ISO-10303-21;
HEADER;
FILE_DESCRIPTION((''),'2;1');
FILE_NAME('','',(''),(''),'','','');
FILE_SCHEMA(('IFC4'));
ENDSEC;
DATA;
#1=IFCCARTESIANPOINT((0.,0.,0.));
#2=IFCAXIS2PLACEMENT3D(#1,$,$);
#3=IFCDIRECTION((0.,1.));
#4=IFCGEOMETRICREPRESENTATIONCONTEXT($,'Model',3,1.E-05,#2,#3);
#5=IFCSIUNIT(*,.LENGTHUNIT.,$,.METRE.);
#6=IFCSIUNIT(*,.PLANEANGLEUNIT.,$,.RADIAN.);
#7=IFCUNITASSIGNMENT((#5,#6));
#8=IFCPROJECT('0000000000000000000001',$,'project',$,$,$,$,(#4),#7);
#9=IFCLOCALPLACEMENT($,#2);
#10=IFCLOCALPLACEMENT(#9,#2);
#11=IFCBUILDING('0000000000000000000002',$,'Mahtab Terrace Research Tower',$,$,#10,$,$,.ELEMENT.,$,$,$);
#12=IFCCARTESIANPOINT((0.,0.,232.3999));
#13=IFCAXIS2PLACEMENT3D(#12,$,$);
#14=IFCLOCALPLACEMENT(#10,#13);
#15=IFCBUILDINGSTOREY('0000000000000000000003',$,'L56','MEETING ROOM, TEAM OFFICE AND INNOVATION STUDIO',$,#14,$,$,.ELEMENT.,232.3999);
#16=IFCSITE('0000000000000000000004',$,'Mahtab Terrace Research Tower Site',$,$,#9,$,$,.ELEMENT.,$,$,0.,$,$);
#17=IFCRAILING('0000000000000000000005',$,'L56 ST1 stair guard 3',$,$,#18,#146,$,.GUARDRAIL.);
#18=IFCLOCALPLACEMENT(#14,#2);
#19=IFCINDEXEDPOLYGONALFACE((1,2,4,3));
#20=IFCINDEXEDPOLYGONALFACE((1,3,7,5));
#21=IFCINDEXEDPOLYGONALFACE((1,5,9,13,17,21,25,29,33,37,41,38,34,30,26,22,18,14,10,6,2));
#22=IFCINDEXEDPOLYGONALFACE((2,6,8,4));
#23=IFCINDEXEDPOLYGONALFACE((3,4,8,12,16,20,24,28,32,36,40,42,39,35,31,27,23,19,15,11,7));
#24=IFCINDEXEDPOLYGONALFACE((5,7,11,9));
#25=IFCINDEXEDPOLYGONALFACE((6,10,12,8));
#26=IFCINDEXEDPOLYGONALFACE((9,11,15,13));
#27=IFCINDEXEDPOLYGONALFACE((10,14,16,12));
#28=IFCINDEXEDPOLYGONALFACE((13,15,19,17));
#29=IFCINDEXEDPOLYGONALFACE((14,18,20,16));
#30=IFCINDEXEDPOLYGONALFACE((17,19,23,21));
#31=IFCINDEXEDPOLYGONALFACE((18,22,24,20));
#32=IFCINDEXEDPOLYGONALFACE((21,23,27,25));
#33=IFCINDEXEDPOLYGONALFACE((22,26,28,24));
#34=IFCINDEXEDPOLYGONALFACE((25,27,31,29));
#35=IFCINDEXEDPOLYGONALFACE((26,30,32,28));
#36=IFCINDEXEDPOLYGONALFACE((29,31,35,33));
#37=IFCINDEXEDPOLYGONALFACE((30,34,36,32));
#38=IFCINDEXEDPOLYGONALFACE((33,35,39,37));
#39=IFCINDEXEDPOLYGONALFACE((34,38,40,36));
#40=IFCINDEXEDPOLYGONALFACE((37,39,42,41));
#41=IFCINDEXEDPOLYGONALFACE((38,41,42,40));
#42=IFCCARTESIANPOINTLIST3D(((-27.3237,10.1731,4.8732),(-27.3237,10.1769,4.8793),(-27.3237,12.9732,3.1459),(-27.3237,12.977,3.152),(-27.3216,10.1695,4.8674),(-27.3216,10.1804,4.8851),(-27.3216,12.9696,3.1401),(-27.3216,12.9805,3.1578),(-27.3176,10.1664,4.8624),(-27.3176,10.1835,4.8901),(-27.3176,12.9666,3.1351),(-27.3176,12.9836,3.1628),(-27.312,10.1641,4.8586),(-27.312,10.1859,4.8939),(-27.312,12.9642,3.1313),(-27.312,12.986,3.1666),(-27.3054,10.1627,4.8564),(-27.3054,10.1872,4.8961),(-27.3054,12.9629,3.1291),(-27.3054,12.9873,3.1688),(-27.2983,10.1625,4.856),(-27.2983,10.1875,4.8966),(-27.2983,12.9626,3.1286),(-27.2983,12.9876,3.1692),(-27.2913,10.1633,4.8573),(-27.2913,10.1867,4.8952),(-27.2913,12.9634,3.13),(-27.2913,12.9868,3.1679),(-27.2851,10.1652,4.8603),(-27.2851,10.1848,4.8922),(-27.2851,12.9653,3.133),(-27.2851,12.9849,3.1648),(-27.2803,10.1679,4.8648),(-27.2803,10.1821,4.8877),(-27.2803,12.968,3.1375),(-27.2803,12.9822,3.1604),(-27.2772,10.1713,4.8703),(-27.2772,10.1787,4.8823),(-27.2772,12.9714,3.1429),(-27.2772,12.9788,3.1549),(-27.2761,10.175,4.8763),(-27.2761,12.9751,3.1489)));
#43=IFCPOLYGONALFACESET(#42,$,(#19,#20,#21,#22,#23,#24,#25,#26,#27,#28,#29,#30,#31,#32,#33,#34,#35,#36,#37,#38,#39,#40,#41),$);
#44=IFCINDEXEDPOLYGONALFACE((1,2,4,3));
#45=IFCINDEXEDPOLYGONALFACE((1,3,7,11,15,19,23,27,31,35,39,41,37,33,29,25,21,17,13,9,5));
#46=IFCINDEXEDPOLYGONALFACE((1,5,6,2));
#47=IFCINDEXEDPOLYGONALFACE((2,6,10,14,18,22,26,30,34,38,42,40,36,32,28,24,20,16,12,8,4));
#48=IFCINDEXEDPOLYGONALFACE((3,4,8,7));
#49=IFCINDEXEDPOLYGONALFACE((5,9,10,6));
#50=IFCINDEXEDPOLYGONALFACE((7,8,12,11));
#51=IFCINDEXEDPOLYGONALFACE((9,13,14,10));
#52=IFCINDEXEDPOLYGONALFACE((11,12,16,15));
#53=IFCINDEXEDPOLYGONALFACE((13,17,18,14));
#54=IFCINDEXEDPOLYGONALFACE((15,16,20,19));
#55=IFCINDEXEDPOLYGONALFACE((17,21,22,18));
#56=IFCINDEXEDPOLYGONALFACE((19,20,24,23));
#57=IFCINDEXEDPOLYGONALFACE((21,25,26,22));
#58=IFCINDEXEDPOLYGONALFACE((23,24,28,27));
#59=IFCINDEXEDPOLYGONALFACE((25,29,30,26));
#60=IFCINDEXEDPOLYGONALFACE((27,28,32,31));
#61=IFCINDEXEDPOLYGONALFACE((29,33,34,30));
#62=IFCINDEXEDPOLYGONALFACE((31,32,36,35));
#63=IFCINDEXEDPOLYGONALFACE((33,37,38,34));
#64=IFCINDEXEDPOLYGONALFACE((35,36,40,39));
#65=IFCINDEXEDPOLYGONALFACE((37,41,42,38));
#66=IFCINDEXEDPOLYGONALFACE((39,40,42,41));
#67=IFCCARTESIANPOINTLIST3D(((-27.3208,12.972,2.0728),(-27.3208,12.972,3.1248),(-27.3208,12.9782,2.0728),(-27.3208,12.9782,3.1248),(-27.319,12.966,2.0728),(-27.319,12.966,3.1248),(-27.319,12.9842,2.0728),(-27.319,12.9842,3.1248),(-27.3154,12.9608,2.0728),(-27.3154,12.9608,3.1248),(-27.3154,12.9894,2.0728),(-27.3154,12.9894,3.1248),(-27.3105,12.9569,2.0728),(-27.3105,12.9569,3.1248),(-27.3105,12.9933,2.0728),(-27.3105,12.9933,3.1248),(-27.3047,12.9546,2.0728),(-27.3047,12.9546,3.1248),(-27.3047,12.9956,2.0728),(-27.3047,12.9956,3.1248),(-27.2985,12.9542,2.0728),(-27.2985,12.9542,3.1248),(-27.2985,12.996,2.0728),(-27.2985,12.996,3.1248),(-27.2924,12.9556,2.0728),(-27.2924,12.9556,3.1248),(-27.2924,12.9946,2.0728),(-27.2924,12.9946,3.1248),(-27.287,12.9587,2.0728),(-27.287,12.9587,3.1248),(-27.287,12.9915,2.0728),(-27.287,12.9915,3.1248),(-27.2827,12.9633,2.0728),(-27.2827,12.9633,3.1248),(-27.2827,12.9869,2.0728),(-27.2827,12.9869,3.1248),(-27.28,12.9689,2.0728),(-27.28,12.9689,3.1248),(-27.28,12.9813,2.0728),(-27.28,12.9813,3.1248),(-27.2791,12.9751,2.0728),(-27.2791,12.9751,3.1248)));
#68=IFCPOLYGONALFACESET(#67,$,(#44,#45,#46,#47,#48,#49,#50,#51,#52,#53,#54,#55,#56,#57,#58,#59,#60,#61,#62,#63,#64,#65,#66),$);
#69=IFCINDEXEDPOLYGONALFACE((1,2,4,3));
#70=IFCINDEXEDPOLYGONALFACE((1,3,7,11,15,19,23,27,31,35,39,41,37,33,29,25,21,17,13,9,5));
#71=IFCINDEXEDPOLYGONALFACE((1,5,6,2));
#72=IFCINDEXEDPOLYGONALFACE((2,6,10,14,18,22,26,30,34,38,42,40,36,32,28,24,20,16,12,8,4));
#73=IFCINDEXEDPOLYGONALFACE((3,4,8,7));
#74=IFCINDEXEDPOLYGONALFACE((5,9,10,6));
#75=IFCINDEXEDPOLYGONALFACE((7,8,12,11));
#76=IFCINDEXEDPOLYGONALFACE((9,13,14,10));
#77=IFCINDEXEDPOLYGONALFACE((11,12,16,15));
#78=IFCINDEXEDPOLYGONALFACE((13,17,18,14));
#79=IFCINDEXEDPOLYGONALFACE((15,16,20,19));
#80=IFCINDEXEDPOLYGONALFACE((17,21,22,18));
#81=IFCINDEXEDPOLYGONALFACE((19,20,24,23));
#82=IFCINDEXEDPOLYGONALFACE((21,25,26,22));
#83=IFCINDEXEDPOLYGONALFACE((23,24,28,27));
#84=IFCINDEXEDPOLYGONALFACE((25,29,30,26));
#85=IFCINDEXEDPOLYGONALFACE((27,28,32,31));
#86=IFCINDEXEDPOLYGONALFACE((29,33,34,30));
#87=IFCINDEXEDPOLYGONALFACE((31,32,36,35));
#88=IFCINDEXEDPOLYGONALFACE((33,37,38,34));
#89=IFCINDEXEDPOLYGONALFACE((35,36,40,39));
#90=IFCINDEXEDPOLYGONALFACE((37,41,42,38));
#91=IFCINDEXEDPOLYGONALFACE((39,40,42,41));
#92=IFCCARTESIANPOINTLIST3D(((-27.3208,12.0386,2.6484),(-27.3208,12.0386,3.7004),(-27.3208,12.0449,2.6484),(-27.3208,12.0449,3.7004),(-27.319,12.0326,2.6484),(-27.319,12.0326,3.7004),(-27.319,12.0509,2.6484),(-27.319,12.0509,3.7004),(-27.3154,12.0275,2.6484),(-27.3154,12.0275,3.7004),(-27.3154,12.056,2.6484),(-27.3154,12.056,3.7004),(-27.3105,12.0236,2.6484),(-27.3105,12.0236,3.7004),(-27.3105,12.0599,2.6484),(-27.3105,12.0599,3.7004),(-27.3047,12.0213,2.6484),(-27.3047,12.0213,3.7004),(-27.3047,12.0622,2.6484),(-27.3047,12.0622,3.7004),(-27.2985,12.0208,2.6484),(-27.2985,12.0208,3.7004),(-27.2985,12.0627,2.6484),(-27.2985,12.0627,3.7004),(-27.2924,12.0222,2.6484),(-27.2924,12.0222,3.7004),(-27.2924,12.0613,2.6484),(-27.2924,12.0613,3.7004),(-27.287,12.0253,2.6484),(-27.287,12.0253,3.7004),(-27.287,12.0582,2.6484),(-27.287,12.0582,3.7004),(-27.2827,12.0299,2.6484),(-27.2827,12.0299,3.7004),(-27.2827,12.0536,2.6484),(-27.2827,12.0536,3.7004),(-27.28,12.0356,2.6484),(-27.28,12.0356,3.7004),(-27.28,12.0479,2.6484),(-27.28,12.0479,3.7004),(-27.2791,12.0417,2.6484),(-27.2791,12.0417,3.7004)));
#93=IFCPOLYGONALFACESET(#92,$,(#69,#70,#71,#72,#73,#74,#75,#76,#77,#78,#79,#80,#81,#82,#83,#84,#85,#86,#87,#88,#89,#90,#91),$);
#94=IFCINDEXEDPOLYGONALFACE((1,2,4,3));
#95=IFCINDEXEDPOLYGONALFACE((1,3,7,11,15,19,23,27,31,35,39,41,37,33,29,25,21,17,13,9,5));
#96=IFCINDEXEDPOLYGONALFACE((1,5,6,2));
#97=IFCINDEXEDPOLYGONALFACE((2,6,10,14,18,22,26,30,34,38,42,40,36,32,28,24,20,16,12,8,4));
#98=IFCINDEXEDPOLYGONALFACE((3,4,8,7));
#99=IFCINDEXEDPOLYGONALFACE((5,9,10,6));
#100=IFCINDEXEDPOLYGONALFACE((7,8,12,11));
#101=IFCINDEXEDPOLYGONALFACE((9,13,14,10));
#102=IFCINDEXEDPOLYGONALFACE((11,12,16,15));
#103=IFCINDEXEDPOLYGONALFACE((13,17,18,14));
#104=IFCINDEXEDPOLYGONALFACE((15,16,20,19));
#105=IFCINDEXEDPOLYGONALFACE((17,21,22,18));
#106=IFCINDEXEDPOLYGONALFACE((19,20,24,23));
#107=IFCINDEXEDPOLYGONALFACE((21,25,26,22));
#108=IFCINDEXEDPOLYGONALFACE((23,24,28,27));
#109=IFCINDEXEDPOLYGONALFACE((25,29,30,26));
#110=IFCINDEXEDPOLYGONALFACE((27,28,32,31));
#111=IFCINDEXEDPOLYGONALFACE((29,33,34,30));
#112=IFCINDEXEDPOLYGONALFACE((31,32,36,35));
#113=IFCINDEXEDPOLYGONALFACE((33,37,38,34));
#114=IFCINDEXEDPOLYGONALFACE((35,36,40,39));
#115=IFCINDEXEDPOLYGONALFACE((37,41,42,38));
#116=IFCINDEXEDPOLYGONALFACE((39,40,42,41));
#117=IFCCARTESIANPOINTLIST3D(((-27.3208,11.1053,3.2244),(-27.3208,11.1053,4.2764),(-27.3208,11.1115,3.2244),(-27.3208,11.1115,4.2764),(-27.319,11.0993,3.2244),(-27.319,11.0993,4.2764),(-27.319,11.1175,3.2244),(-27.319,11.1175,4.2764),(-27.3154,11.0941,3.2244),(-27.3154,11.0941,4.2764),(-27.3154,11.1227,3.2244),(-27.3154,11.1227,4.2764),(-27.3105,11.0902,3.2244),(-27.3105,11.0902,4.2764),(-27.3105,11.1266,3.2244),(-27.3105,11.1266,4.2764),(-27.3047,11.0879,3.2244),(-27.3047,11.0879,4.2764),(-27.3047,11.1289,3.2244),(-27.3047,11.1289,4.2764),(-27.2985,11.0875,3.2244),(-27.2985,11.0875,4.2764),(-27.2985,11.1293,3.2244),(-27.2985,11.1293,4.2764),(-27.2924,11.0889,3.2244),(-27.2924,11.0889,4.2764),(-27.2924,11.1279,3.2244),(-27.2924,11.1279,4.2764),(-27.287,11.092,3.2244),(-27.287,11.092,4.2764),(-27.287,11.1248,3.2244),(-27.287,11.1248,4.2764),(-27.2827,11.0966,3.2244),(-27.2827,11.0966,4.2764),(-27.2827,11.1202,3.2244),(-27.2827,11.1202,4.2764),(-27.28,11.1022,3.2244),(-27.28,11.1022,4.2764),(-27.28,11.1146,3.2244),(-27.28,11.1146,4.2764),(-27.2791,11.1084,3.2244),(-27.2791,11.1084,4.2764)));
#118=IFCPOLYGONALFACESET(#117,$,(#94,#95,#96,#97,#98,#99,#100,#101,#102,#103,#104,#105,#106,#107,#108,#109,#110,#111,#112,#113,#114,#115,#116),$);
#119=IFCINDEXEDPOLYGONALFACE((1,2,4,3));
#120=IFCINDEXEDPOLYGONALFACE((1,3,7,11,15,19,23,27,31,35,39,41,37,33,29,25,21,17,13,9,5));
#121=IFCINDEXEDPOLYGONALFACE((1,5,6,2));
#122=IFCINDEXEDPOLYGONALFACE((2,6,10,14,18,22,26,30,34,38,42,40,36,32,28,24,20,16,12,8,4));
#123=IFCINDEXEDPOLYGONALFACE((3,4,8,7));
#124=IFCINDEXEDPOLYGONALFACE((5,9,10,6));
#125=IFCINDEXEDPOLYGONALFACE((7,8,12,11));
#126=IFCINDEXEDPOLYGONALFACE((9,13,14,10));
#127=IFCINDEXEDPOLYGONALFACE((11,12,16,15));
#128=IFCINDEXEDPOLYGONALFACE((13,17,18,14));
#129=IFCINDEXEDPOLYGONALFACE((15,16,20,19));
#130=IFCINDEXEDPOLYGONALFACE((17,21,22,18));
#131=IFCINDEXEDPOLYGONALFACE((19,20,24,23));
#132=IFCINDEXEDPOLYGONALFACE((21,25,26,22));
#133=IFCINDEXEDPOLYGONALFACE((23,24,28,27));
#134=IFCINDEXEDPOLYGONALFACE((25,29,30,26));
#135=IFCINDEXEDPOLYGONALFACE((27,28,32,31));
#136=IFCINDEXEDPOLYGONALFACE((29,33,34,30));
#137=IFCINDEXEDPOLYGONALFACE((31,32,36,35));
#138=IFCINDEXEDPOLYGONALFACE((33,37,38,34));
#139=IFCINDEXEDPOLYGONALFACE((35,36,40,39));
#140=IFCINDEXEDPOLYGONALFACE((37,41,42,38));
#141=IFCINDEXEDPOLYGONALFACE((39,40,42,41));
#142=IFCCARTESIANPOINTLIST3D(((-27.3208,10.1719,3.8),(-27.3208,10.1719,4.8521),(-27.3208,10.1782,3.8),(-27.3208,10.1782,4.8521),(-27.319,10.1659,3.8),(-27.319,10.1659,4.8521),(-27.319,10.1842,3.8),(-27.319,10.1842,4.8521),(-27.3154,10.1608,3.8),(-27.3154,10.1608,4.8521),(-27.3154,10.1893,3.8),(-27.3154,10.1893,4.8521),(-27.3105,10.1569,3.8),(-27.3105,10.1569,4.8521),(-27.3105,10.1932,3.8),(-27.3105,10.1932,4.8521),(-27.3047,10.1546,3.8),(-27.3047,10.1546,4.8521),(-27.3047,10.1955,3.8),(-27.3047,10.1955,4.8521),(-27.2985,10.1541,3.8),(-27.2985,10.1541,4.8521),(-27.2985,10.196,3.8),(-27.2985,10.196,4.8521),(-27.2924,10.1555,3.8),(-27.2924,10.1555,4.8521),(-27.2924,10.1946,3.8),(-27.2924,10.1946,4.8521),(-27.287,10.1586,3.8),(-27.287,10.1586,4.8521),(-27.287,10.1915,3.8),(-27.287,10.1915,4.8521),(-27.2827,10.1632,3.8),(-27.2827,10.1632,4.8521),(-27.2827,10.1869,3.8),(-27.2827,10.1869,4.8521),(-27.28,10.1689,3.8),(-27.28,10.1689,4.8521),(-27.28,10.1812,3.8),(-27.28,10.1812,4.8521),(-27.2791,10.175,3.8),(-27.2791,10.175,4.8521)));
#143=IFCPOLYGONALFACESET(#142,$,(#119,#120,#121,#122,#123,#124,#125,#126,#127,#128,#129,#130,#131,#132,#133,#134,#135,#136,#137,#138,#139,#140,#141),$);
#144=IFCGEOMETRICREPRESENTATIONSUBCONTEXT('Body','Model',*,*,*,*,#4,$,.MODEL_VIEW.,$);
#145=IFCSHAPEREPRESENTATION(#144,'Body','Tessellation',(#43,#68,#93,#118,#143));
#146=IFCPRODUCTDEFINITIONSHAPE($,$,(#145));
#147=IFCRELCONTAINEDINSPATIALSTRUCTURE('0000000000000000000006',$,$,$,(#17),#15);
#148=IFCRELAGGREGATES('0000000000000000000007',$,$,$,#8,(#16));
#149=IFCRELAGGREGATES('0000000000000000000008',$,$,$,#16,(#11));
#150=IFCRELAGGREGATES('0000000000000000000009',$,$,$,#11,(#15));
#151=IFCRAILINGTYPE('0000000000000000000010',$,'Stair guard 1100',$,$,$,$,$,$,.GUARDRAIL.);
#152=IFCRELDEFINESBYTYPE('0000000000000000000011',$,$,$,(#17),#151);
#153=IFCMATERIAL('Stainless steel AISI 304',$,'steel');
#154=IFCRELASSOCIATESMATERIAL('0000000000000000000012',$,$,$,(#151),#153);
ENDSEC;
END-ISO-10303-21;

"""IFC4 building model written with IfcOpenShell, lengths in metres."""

from ifc_helpers import new_model, si_unit, direction, frame, origin, origin_2d, place, context, subcontext, project, spatial, circle, extrude, material, type_object, element, save


model = new_model("IFC4")

# Units and contexts
model_context = context("Model", 3, precision=1e-05, world=origin(), true_north=direction((0.0, 1.0)))
body_context = subcontext(model_context, "Body", "Model", "MODEL_VIEW")
ifc_project = project(units=[si_unit("LENGTHUNIT", "METRE"), si_unit("PLANEANGLEUNIT", "RADIAN")], contexts=[model_context])

# Site, building, storey
site_placement = place(None, origin())
site = spatial("IfcSite", under=ifc_project, at=site_placement, Name="Mahtab Terrace Research Tower Site", CompositionType="ELEMENT", RefElevation=0.0)
building_placement = place(site_placement, origin())
building = spatial("IfcBuilding", under=site, at=building_placement, Name="Mahtab Terrace Research Tower", CompositionType="ELEMENT")
storey_placement = place(building_placement, frame((0.0, 0.0, 232.3999)))
storey = spatial("IfcBuildingStorey", under=building, at=storey_placement, Name="L56", Description="MEETING ROOM, TEAM OFFICE AND INNOVATION STUDIO", CompositionType="ELEMENT", Elevation=232.3999)

# Railing
ifc_material_1 = material(Name="Stainless steel AISI 304", Category="steel")
railing_type_1 = type_object("IfcRailingType", Name="Stair guard 1100", PredefinedType="GUARDRAIL", material=ifc_material_1)
railing_1_placement = place(storey_placement, frame((-27.3, 12.9751, 2.0728)))
element("IfcRailing", 1, at=railing_1_placement, inside=storey, type_object=railing_type_1, Name="L56 ST1 stair guard 3", PredefinedType="GUARDRAIL", context=body_context, shape_type="SweptSolid", body=[
    extrude(circle(Radius=0.0239, at=origin_2d()), frame((0.0, 0.0, 1.0762), z_axis=(0.0, -0.85109, 0.52502), x_axis=(1.0, 0.0, 0.0)), (0.0, 0.0, 1.0), 3.29),
    extrude(circle(Radius=0.021, at=origin_2d()), origin(), (0.0, 0.0, 1.0), 1.052),
    extrude(circle(Radius=0.021, at=origin_2d()), frame((0.0, -0.9333, 0.5757)), (0.0, 0.0, 1.0), 1.052),
    extrude(circle(Radius=0.021, at=origin_2d()), frame((0.0, -1.8667, 1.1516)), (0.0, 0.0, 1.0), 1.052),
    extrude(circle(Radius=0.021, at=origin_2d()), frame((0.0, -2.8, 1.7273)), (0.0, 0.0, 1.0), 1.052),
])

save(model, "model.ifc")
